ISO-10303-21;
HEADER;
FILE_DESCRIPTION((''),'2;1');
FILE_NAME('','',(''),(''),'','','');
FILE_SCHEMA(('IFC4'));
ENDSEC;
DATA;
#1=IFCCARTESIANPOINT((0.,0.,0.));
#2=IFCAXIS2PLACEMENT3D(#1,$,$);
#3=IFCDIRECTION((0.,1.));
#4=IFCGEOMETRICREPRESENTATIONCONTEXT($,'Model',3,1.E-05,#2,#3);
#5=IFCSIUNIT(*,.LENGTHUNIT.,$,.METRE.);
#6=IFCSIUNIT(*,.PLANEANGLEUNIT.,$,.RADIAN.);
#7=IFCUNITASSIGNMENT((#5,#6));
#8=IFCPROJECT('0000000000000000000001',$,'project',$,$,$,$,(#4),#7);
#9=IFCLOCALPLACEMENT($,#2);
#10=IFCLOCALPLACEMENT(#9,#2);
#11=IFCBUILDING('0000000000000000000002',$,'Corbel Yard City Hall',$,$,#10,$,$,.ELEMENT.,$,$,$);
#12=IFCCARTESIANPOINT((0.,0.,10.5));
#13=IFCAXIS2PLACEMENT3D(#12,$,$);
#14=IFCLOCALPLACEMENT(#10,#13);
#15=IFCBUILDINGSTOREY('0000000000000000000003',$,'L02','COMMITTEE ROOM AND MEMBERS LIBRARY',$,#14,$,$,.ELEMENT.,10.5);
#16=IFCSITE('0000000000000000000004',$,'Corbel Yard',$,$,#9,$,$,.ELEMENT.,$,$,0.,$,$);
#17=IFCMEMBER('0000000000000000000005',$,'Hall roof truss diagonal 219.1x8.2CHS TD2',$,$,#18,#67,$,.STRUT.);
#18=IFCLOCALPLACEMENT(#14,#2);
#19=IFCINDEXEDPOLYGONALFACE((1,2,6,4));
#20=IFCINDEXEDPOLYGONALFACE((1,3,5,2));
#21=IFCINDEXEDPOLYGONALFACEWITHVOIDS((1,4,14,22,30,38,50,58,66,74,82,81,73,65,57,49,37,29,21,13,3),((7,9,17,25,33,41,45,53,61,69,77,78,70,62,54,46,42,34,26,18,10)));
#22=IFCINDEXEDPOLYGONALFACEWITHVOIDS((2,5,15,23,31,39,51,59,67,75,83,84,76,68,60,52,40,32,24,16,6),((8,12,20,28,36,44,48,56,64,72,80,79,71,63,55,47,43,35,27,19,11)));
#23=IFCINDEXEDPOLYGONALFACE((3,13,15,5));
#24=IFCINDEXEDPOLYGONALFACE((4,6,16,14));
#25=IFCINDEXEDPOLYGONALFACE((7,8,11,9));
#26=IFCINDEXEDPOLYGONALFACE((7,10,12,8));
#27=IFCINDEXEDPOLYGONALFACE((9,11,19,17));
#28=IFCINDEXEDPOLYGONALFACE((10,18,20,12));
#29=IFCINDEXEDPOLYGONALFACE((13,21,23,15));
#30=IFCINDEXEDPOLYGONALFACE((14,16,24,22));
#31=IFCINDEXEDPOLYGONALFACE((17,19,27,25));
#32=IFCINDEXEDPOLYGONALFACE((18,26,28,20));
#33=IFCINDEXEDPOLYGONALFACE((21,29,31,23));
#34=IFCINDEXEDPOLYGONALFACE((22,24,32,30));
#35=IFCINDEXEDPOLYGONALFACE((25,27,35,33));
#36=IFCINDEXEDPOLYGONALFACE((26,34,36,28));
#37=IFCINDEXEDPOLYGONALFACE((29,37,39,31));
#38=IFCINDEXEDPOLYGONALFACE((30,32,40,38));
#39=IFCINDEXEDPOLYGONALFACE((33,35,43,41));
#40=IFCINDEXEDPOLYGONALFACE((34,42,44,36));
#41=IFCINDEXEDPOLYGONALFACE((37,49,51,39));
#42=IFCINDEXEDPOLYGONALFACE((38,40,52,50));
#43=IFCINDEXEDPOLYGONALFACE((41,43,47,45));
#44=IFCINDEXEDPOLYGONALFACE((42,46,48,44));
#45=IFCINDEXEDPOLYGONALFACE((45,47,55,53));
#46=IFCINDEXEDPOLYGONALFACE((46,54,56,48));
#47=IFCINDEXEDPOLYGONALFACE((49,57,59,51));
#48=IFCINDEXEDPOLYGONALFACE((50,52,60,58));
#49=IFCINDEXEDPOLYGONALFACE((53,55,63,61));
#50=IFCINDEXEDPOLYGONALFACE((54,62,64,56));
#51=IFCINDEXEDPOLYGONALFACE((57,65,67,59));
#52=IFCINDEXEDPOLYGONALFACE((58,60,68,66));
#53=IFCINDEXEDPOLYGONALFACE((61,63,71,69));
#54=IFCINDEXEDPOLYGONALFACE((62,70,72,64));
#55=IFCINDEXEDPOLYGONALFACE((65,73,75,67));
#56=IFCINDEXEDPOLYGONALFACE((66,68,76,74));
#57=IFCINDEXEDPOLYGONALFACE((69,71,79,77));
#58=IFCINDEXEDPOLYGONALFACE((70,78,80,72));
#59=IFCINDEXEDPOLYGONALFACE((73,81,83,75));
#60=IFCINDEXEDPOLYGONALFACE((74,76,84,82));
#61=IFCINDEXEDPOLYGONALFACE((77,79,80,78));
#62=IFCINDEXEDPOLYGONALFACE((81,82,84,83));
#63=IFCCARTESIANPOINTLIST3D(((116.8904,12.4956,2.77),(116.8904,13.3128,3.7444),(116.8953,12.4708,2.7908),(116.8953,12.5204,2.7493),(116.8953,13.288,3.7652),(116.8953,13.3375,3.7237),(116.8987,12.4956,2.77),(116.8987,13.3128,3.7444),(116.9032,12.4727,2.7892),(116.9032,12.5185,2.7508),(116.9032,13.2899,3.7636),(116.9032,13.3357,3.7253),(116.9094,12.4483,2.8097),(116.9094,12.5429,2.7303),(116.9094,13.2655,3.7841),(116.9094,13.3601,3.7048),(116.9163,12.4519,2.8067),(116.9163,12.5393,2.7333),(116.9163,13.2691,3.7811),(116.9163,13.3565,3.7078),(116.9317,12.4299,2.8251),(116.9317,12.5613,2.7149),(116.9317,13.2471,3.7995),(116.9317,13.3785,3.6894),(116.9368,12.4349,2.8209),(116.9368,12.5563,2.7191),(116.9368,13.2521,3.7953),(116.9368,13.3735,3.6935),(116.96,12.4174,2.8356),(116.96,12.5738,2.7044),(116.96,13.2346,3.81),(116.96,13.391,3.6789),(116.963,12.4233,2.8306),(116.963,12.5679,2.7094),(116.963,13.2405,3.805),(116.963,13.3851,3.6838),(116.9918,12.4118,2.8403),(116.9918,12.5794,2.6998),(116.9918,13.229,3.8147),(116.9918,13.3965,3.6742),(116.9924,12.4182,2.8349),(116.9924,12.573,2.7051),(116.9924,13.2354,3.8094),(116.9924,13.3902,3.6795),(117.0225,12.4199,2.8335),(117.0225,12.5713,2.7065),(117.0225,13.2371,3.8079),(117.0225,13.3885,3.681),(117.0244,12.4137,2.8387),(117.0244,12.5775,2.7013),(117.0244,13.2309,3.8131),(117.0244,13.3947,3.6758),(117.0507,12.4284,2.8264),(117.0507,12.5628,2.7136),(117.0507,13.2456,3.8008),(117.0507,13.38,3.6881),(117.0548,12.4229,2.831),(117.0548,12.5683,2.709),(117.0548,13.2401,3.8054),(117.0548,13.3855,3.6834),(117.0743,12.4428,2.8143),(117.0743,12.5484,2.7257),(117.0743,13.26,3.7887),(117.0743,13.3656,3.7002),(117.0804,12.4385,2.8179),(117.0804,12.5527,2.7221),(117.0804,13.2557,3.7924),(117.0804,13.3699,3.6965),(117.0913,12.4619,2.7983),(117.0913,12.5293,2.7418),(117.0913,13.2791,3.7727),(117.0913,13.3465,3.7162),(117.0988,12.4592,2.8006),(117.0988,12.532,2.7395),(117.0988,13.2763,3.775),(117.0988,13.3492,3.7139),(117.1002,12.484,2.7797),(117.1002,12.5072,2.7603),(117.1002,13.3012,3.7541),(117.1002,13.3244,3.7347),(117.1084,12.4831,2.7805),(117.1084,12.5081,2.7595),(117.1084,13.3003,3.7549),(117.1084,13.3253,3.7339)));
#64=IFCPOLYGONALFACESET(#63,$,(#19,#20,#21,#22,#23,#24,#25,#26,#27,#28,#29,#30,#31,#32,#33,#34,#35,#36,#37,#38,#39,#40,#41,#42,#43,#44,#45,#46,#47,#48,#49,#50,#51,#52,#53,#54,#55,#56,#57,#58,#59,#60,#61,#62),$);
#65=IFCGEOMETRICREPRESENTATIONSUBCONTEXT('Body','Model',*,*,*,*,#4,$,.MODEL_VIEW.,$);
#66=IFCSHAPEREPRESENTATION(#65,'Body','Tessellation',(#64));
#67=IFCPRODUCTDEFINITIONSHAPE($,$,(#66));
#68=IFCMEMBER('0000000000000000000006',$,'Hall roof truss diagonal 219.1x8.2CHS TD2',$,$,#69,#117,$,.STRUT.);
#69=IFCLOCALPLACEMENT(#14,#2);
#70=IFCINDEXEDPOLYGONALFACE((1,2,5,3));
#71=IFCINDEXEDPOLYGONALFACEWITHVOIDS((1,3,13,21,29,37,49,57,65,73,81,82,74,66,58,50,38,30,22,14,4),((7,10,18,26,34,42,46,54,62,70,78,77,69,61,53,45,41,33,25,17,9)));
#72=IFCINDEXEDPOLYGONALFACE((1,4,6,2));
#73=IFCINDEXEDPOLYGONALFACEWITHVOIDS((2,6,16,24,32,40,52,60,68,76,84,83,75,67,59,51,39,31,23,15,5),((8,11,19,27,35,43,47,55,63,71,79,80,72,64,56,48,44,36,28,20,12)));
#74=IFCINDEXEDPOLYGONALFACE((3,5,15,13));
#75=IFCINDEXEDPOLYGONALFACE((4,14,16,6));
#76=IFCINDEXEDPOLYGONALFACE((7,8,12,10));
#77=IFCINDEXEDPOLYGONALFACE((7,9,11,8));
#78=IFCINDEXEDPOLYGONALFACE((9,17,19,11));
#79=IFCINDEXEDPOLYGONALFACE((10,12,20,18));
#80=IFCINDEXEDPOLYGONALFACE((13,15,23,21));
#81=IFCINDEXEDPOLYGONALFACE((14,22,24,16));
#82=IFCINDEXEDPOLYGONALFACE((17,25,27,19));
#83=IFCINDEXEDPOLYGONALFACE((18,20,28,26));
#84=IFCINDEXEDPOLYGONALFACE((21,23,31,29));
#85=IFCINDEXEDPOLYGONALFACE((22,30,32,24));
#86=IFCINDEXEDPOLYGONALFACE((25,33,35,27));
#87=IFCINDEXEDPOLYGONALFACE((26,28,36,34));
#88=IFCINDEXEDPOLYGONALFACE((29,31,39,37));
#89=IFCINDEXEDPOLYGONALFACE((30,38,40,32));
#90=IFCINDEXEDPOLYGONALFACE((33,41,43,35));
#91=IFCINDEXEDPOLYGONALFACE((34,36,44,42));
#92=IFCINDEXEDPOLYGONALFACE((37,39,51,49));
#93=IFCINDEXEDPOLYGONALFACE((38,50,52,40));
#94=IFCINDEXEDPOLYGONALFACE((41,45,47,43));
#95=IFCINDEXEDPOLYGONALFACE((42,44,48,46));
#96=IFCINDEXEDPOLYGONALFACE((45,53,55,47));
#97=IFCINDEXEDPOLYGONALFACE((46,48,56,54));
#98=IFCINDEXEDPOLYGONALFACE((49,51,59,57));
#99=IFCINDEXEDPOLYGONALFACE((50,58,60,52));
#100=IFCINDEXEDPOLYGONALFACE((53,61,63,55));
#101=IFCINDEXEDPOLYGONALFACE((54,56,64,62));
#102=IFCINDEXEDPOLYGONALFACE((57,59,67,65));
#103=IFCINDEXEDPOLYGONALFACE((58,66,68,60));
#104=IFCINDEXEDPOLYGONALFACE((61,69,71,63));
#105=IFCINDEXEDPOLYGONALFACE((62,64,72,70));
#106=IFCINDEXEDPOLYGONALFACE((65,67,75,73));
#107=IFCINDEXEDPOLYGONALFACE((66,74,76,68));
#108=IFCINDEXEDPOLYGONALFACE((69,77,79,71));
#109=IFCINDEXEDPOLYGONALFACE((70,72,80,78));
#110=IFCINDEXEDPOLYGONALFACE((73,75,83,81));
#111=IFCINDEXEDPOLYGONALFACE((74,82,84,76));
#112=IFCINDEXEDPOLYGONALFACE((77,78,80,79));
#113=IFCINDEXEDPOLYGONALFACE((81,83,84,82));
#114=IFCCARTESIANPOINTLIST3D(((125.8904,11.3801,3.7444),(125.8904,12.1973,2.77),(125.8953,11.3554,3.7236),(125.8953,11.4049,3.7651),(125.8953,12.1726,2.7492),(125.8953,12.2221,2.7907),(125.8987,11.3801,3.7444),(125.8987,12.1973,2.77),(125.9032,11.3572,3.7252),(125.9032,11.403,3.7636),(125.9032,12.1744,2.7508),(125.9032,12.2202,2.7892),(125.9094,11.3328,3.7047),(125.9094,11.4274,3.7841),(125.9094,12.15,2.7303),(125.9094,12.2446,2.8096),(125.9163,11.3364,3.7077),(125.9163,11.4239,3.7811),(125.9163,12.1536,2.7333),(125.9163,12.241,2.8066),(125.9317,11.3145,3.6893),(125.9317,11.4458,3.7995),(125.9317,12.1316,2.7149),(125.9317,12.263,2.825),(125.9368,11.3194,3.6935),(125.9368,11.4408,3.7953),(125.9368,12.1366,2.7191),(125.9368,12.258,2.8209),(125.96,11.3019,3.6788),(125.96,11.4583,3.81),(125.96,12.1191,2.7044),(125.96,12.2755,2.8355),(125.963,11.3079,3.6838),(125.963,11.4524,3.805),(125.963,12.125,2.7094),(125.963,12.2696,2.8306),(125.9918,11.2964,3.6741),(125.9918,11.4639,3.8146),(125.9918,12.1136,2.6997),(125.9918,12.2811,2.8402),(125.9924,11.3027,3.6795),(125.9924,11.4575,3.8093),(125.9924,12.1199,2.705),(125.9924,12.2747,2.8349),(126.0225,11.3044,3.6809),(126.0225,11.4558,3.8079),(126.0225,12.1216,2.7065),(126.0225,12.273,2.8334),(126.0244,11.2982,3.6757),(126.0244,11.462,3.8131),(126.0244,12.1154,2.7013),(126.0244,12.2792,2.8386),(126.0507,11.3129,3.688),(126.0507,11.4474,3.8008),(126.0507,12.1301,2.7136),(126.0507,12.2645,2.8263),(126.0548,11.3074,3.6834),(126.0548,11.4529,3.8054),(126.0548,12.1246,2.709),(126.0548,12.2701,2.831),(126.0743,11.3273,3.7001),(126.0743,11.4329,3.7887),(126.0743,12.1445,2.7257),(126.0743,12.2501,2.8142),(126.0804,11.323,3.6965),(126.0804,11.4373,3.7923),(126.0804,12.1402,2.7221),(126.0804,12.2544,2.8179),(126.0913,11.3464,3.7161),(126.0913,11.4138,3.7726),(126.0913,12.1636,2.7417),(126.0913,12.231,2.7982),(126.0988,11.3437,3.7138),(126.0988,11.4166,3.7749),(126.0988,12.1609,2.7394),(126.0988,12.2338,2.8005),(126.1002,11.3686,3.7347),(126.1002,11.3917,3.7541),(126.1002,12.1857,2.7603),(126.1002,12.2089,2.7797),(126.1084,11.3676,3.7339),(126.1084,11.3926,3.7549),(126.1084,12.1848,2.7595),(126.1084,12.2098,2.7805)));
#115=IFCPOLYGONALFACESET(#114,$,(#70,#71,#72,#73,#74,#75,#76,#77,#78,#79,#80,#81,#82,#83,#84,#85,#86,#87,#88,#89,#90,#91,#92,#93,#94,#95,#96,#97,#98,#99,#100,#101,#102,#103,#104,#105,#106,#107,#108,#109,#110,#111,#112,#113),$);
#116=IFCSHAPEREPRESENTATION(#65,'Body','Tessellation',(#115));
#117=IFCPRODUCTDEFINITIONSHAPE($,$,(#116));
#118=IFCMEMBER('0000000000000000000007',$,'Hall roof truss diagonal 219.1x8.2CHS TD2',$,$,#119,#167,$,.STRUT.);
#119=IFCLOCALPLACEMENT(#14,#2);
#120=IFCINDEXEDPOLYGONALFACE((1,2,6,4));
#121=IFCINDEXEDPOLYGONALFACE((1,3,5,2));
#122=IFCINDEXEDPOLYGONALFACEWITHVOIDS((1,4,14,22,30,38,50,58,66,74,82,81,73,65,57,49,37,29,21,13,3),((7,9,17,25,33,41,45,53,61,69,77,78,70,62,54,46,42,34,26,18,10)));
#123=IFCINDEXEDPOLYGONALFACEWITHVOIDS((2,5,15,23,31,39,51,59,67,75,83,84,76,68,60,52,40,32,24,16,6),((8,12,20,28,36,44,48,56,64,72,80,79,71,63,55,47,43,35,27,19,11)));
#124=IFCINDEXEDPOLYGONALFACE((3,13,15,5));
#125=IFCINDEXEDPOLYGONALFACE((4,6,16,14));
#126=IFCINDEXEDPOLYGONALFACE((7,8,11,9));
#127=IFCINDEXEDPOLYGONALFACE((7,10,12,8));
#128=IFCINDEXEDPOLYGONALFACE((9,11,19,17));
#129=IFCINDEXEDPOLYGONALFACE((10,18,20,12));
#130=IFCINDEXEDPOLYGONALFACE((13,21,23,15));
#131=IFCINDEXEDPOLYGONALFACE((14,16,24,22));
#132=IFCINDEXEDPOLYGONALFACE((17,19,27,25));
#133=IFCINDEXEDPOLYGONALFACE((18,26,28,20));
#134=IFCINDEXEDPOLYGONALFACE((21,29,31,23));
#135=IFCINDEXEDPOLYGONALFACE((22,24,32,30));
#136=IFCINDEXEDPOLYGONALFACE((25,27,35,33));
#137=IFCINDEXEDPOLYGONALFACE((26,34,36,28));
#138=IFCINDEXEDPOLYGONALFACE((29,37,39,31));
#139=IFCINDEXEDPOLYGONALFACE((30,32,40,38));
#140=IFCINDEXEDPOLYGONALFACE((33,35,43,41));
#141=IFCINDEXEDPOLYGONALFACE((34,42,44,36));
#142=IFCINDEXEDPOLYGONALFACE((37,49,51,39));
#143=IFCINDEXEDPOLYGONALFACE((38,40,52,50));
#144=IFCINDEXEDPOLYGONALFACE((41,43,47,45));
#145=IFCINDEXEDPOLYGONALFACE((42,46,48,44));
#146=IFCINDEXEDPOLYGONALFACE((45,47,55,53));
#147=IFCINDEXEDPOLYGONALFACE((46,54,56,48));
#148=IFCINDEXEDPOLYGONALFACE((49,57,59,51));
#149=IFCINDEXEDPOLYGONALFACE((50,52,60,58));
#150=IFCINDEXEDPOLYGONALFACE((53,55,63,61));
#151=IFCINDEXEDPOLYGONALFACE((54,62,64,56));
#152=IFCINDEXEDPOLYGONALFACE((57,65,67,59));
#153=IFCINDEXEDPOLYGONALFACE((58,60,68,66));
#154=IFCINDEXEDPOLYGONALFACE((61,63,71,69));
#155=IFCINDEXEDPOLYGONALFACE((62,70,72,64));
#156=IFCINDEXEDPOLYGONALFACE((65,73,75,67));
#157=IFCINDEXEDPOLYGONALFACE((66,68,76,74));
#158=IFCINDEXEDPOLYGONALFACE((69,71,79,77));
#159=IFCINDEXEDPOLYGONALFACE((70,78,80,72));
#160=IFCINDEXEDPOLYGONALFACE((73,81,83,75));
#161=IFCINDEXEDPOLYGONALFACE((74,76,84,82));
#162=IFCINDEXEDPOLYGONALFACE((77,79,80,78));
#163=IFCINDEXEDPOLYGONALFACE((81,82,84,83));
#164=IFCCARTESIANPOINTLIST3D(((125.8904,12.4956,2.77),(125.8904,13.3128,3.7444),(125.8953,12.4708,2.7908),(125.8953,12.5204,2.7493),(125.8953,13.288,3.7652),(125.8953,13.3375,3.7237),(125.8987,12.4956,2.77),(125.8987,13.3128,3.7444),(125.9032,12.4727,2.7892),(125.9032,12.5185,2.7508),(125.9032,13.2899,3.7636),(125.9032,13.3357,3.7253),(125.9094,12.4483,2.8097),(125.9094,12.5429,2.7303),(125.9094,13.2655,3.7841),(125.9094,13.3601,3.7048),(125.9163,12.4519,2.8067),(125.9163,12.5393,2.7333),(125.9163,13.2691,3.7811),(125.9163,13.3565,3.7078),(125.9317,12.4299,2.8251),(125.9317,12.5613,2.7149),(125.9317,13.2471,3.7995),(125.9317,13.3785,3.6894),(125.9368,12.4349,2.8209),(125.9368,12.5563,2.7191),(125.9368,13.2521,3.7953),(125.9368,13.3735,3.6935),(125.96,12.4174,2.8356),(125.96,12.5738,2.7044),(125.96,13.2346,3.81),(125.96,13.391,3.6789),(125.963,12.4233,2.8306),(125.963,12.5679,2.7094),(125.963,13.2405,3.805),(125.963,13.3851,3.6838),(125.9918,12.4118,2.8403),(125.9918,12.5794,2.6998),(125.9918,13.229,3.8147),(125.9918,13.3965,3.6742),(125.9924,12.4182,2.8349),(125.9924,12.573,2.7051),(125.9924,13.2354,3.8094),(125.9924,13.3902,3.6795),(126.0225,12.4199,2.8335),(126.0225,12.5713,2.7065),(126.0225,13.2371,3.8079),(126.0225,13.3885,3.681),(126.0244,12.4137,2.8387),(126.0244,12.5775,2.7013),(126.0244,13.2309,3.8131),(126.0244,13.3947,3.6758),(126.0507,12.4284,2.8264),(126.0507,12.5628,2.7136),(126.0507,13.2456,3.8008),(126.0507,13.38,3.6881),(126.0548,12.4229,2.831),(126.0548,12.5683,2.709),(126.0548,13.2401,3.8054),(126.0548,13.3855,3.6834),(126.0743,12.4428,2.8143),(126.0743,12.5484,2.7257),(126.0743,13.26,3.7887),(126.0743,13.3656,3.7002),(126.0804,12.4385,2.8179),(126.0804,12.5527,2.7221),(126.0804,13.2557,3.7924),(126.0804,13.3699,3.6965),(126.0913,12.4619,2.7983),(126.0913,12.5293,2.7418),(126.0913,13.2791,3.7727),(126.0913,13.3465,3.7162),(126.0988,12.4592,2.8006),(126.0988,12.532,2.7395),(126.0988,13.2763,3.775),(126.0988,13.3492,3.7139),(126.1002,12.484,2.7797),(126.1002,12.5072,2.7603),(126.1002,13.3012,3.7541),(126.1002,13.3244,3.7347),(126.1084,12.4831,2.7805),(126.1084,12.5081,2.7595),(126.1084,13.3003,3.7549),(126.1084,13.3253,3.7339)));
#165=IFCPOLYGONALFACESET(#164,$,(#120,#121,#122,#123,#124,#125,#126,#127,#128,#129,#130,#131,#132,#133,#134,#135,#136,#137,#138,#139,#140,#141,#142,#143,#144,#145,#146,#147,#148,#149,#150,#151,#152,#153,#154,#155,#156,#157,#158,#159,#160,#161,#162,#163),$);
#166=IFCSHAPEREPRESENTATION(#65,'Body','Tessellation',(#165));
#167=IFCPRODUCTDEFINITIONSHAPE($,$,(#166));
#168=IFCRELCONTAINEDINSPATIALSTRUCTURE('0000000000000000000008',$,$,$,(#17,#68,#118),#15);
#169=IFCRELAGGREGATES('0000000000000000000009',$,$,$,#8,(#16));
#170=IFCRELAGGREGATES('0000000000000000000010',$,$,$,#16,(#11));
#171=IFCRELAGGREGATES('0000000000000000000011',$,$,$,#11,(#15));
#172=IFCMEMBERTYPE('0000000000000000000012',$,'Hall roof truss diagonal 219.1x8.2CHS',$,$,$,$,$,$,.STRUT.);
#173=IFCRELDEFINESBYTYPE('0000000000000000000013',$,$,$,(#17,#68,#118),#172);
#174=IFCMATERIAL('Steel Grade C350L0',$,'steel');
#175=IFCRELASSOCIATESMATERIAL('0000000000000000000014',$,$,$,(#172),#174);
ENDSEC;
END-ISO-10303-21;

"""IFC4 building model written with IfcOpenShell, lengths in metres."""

from ifc_helpers import new_model, si_unit, direction, frame, origin, origin_2d, place, context, subcontext, project, spatial, hollow_circle, extrude, material, material_profile, profile_set, type_object, element, save


model = new_model("IFC4")

# Units and contexts
model_context = context("Model", 3, precision=1e-05, world=origin(), true_north=direction((0.0, 1.0)))
body_context = subcontext(model_context, "Body", "Model", "MODEL_VIEW")
ifc_project = project(units=[si_unit("LENGTHUNIT", "METRE"), si_unit("PLANEANGLEUNIT", "RADIAN")], contexts=[model_context])

# Site, building, storey
site_placement = place(None, origin())
site = spatial("IfcSite", under=ifc_project, at=site_placement, Name="Corbel Yard", CompositionType="ELEMENT", RefElevation=0.0)
building_placement = place(site_placement, origin())
building = spatial("IfcBuilding", under=site, at=building_placement, Name="Corbel Yard City Hall", CompositionType="ELEMENT")
storey_placement = place(building_placement, frame((0.0, 0.0, 10.5)))
storey = spatial("IfcBuildingStorey", under=building, at=storey_placement, Name="L02", Description="COMMITTEE ROOM AND MEMBERS LIBRARY", CompositionType="ELEMENT", Elevation=10.5)

# Members
ifc_material_1 = material(Name="Steel Grade C350L0", Category="steel")
ifc_material_profile_1 = material_profile(ifc_material_1, hollow_circle(Radius=0.1096, WallThickness=0.0083, at=origin_2d()), Name="219.1x8.2CHS")
ifc_profile_set_1 = profile_set([ifc_material_profile_1], Name="Steel Grade C350L0")
member_type_1 = type_object("IfcMemberType", Name="Hall roof truss diagonal 219.1x8.2CHS", PredefinedType="STRUT", material=ifc_profile_set_1)
for number, where, z_axis, x_axis, name in (
    (1, (117.0, 12.4956, 2.77), (0.0, 0.64258, 0.766219), (-1.0, 0.0, 0.0), "Hall roof truss diagonal 219.1x8.2CHS TD2"),
    (2, (126.0, 11.3801, 3.7444), (0.0, 0.64258, -0.766219), (-1.0, 0.0, 0.0), "Hall roof truss diagonal 219.1x8.2CHS TD2"),
    (3, (126.0, 12.4956, 2.77), (0.0, 0.64258, 0.766219), (-1.0, 0.0, 0.0), "Hall roof truss diagonal 219.1x8.2CHS TD2"),
):
    element("IfcMember", number, at=place(storey_placement, frame(where, z_axis=z_axis, x_axis=x_axis)), inside=storey, type_object=member_type_1, Name=name, PredefinedType="STRUT", context=body_context, shape_type="SweptSolid", body=[
        extrude(hollow_circle(Radius=0.1096, WallThickness=0.0083, at=origin_2d()), origin(), (0.0, 0.0, 1.0), 1.2717),
    ])

save(model, "model.ifc")
